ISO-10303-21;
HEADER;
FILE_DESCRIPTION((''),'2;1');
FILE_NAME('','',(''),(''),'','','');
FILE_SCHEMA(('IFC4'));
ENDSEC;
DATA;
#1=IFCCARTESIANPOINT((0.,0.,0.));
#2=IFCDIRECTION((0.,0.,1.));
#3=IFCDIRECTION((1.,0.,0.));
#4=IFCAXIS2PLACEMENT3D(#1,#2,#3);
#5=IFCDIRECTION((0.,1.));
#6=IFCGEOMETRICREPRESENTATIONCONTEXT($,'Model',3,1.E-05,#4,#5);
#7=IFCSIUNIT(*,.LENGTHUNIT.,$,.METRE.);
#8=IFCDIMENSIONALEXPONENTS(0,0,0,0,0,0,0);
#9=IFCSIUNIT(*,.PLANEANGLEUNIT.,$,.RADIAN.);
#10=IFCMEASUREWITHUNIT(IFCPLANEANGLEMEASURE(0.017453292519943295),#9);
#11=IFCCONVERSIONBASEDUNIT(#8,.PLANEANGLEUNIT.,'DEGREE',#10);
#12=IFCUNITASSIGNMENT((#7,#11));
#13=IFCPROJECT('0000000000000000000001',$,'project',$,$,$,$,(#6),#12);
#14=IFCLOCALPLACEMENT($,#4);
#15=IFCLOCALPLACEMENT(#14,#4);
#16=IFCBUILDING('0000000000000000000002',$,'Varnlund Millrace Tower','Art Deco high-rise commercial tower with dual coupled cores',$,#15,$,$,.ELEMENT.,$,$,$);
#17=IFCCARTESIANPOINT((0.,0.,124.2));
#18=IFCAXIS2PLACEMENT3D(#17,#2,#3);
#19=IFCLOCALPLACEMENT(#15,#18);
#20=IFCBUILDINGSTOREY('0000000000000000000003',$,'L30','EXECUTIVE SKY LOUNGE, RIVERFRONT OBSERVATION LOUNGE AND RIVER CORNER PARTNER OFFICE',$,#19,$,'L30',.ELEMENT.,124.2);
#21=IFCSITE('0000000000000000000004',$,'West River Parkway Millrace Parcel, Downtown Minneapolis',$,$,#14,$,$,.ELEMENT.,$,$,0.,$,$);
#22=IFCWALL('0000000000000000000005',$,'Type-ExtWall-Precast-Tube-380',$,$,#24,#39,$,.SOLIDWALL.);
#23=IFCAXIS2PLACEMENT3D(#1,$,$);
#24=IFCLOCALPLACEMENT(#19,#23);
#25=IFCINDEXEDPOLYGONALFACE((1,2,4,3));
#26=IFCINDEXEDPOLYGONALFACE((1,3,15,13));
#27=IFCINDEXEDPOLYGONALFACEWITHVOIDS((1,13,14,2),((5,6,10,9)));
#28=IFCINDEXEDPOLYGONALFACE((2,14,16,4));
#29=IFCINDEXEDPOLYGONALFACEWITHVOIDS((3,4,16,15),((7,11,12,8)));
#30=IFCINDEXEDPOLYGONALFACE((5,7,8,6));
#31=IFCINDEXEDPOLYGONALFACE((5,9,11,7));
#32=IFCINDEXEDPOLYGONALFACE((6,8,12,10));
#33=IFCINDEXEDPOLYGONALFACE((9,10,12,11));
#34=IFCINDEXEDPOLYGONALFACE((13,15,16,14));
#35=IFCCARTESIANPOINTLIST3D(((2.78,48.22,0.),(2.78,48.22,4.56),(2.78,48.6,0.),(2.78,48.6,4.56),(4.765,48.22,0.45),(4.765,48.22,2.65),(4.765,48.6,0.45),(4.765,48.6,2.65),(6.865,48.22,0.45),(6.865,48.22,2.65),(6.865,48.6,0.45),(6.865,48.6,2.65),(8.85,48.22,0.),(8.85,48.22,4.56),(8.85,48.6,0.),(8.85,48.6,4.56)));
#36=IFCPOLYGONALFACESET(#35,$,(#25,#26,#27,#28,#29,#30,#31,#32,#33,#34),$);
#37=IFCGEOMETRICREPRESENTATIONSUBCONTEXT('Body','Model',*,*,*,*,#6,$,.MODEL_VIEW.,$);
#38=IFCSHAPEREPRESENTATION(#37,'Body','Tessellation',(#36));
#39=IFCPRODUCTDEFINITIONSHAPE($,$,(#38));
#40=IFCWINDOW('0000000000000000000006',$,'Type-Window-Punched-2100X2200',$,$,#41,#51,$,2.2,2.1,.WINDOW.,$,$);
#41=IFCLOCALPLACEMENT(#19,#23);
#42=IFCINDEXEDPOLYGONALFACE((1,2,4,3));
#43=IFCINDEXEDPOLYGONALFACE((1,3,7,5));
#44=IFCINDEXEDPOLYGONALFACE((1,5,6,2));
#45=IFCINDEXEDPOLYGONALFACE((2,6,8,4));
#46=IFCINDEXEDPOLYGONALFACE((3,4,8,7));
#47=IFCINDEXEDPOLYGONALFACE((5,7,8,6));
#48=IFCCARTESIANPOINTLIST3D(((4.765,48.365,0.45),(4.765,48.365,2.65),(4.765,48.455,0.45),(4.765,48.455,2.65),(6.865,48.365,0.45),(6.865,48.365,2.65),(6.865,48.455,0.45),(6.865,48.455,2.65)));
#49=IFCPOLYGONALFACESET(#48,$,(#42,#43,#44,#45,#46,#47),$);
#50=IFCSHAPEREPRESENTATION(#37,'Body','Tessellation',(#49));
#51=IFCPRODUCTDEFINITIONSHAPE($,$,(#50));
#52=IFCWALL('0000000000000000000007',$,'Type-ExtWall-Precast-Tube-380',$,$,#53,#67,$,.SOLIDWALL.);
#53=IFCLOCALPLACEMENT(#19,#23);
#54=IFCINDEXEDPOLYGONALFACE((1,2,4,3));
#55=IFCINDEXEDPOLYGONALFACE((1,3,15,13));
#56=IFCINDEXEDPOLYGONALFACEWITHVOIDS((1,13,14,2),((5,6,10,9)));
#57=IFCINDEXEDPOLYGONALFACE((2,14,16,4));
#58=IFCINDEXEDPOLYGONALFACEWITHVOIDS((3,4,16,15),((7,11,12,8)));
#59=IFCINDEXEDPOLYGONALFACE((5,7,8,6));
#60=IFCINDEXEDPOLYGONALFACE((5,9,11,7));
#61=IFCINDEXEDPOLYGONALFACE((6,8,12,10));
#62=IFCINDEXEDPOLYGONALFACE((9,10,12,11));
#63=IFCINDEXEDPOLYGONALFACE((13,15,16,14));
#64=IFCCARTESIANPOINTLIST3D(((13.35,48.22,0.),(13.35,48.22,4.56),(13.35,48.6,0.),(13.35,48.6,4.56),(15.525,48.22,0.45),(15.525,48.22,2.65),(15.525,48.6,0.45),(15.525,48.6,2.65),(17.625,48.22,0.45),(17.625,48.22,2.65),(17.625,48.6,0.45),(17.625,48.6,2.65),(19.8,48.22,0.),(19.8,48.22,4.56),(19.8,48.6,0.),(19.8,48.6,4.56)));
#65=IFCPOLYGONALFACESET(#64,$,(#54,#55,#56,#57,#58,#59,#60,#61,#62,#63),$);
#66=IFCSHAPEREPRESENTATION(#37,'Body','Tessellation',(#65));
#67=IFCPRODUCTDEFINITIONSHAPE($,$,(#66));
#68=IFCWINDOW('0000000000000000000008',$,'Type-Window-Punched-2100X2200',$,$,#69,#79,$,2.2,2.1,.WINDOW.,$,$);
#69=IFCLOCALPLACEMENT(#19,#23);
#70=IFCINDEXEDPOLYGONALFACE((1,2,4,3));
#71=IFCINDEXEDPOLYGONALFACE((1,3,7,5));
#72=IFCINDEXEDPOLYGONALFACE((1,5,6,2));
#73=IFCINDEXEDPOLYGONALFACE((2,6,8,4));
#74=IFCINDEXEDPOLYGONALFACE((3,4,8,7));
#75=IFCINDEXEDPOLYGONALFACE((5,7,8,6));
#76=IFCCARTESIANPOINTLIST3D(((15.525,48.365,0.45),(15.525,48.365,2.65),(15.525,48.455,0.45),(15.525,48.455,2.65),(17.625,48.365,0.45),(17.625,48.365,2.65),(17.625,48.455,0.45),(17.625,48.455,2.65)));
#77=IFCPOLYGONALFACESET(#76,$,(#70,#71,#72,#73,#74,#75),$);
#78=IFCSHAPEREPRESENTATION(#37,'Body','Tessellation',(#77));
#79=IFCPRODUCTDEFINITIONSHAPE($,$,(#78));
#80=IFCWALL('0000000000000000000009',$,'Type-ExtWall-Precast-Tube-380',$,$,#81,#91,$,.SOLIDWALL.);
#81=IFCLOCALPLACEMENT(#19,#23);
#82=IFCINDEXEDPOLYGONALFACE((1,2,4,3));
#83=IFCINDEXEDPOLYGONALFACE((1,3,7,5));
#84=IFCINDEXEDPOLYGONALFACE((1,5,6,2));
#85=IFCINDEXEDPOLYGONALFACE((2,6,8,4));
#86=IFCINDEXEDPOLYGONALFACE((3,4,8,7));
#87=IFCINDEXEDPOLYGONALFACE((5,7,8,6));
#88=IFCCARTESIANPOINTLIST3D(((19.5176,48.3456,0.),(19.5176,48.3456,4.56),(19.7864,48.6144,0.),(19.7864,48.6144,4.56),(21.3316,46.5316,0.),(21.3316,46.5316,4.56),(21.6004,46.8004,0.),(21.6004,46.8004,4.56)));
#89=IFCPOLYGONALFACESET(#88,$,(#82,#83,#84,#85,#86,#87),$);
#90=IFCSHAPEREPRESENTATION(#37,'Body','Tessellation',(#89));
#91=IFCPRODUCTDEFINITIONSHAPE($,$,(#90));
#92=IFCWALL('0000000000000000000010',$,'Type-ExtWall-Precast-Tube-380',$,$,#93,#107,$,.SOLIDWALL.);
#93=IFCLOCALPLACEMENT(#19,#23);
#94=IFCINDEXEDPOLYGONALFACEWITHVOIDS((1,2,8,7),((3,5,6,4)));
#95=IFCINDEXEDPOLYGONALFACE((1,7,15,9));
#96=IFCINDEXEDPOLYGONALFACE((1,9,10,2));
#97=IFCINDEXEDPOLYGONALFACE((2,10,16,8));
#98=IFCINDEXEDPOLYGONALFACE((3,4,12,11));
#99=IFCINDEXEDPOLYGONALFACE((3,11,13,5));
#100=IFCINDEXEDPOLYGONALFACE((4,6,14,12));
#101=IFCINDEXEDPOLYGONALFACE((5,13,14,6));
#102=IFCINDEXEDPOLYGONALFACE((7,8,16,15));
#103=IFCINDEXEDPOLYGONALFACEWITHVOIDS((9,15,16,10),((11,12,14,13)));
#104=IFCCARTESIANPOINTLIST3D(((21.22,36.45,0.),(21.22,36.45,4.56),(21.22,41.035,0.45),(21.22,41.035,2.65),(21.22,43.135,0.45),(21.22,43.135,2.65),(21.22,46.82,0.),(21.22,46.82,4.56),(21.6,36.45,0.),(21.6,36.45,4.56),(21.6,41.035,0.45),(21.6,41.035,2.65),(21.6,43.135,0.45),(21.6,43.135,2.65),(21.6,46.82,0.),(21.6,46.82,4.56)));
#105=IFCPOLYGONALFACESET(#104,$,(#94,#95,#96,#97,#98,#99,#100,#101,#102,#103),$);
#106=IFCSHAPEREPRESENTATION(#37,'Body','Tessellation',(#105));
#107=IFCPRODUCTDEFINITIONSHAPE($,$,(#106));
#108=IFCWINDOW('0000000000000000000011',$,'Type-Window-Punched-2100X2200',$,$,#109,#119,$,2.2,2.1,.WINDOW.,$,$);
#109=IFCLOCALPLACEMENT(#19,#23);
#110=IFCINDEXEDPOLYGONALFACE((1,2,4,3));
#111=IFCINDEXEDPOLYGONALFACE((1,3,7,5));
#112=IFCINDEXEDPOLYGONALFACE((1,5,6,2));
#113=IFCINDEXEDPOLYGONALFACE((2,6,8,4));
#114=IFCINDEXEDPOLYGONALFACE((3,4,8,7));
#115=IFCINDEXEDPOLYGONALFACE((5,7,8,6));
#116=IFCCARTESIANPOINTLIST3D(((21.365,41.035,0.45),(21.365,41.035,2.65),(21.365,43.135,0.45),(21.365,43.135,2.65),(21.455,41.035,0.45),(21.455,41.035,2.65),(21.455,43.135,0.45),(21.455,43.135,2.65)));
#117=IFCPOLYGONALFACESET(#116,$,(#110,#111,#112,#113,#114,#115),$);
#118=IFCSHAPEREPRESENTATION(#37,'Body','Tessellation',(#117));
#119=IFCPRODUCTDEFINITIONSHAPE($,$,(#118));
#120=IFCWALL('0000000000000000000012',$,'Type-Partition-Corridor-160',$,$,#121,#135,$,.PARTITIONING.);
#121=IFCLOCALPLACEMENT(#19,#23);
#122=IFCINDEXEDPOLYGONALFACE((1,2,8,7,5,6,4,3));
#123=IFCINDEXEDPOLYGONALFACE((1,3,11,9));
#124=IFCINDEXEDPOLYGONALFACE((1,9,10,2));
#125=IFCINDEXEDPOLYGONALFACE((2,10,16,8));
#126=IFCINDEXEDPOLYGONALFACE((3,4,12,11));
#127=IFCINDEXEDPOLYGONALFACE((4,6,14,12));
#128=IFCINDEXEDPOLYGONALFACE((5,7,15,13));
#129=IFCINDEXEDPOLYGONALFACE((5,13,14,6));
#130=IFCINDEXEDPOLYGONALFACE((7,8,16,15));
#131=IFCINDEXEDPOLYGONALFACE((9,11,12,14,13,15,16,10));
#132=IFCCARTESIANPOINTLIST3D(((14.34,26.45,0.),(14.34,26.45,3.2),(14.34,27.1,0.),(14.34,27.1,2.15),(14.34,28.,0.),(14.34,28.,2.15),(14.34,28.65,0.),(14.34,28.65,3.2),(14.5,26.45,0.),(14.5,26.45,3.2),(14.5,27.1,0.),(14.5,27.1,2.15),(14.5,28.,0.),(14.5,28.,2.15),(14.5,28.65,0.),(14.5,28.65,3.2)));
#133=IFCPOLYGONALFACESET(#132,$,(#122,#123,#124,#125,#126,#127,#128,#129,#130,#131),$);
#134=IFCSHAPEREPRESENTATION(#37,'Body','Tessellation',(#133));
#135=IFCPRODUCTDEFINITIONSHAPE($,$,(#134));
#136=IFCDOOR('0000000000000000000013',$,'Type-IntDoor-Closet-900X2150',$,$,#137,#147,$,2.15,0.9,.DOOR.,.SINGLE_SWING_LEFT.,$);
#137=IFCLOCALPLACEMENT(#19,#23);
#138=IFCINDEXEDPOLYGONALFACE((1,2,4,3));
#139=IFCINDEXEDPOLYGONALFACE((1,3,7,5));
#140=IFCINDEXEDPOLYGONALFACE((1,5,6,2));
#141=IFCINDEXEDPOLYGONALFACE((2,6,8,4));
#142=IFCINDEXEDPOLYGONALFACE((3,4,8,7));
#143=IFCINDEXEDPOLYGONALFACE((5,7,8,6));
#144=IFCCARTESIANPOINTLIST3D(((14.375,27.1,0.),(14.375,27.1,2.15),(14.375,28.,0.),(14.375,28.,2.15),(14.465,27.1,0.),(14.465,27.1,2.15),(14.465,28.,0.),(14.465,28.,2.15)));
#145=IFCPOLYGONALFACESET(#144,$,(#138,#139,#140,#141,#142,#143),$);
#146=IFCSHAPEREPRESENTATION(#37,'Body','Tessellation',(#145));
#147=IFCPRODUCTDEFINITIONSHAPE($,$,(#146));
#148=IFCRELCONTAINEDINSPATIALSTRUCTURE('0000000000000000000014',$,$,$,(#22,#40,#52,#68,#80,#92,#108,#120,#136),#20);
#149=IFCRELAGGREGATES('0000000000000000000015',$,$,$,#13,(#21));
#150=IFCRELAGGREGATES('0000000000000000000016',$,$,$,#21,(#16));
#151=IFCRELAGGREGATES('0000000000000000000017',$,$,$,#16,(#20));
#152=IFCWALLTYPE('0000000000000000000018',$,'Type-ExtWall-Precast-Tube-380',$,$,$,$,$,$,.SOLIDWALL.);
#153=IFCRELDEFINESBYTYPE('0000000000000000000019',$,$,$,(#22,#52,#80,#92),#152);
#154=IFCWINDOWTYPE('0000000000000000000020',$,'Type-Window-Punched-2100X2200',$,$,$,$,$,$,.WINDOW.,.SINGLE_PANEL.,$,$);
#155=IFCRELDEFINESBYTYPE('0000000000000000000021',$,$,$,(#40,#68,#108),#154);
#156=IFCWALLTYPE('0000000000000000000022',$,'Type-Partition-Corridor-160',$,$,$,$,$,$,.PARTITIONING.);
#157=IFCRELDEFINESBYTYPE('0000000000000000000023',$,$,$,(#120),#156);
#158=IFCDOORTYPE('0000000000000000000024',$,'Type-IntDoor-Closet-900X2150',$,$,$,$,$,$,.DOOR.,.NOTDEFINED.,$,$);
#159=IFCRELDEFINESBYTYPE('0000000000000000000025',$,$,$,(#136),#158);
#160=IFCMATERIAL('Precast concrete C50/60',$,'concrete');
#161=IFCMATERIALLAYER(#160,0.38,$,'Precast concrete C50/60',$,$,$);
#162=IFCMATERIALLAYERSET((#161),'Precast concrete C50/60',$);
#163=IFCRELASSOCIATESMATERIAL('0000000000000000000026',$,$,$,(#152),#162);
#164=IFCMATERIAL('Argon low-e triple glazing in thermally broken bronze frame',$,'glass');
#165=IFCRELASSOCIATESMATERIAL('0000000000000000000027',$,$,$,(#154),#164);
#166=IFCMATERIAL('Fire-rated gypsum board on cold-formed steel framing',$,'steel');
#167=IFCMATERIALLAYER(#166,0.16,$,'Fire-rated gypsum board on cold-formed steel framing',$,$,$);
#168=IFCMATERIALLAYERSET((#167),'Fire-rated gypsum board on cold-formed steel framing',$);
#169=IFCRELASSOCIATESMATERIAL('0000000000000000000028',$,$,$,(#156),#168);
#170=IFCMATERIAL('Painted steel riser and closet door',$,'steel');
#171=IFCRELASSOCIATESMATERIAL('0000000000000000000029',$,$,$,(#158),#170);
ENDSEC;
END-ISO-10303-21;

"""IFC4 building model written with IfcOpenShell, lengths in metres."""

from ifc_helpers import new_model, entity, si_unit, converted_unit, direction, frame, origin_with_axes, origin_2d_with_axis, place, context, subcontext, project, spatial, polyline, rectangle, outline, extrude, material, layer, layer_set, type_object, element, fill, save


model = new_model("IFC4")

# Units and contexts
model_context = context("Model", 3, precision=1e-05, world=origin_with_axes(), true_north=direction((0.0, 1.0)))
body_context = subcontext(model_context, "Body", "Model", "MODEL_VIEW")
ifc_project = project(units=[si_unit("LENGTHUNIT", "METRE"), converted_unit("PLANEANGLEUNIT", "DEGREE", entity("IfcPlaneAngleMeasure", 0.017453292519943295), si_unit("PLANEANGLEUNIT", "RADIAN"), dimensions=[0, 0, 0, 0, 0, 0, 0])], contexts=[model_context])

# Site, building, storey
site_placement = place(None, origin_with_axes())
site = spatial("IfcSite", under=ifc_project, at=site_placement, Name="West River Parkway Millrace Parcel, Downtown Minneapolis", CompositionType="ELEMENT", RefElevation=0.0)
building_placement = place(site_placement, origin_with_axes())
building = spatial("IfcBuilding", under=site, at=building_placement, Name="Varnlund Millrace Tower", Description="Art Deco high-rise commercial tower with dual coupled cores", CompositionType="ELEMENT")
storey_placement = place(building_placement, frame((0.0, 0.0, 124.2), z_axis=(0.0, 0.0, 1.0), x_axis=(1.0, 0.0, 0.0)))
storey = spatial("IfcBuildingStorey", under=building, at=storey_placement, Name="L30", Description="EXECUTIVE SKY LOUNGE, RIVERFRONT OBSERVATION LOUNGE AND RIVER CORNER PARTNER OFFICE", LongName="L30", CompositionType="ELEMENT", Elevation=124.2)

# Shared definitions
ifc_material_1 = material(Name="Precast concrete C50/60", Category="concrete")
ifc_layer_1 = layer(ifc_material_1, 0.38, Name="Precast concrete C50/60")
ifc_layer_set_1 = layer_set([ifc_layer_1], Name="Precast concrete C50/60")
wall_type_1 = type_object("IfcWallType", Name="Type-ExtWall-Precast-Tube-380", PredefinedType="SOLIDWALL", material=ifc_layer_set_1)

# Walls, openings, windows
wall_1_placement = place(storey_placement, frame((2.78, 48.41, 0.0), z_axis=(0.0, 0.0, 1.0), x_axis=(1.0, 0.0, 0.0)))
wall_1 = element("IfcWall", 1, at=wall_1_placement, inside=storey, type_object=wall_type_1, Name="Type-ExtWall-Precast-Tube-380", PredefinedType="SOLIDWALL", context=body_context, shape_type="SweptSolid", body=[
    extrude(outline(polyline([(0.0, -0.19), (6.07, -0.19), (6.07, 0.19), (0.0, 0.19), (0.0, -0.19)])), origin_with_axes(), (0.0, 0.0, 1.0), 4.56),
])
opening_1_placement = place(wall_1_placement, frame((3.035, 0.0, 0.45), z_axis=(0.0, 0.0, 1.0), x_axis=(1.0, 0.0, 0.0)))
opening_1 = element("IfcOpeningElement", 2, at=opening_1_placement, cuts=wall_1, PredefinedType="OPENING", context=body_context, shape_type="SweptSolid", body=[
    extrude(rectangle(XDim=2.1, YDim=0.4, at=origin_2d_with_axis()), origin_with_axes(), (0.0, 0.0, 1.0), 2.2),
])
ifc_material_2 = material(Name="Argon low-e triple glazing in thermally broken bronze frame", Category="glass")
window_type = type_object("IfcWindowType", Name="Type-Window-Punched-2100X2200", PartitioningType="SINGLE_PANEL", PredefinedType="WINDOW", material=ifc_material_2)
window_1_placement = place(wall_1_placement, frame((3.035, 0.0, 0.45), z_axis=(0.0, 0.0, 1.0), x_axis=(1.0, 0.0, 0.0)))
window_1 = element("IfcWindow", 3, at=window_1_placement, inside=storey, type_object=window_type, Name="Type-Window-Punched-2100X2200", OverallHeight=2.2, OverallWidth=2.1, PredefinedType="WINDOW", context=body_context, shape_type="SweptSolid", body=[
    extrude(rectangle(XDim=2.1, YDim=0.09, at=origin_2d_with_axis()), origin_with_axes(), (0.0, 0.0, 1.0), 2.2),
])
fill(opening_1, window_1)
wall_2_placement = place(storey_placement, frame((13.35, 48.41, 0.0), z_axis=(0.0, 0.0, 1.0), x_axis=(1.0, 0.0, 0.0)))
wall_2 = element("IfcWall", 4, at=wall_2_placement, inside=storey, type_object=wall_type_1, Name="Type-ExtWall-Precast-Tube-380", PredefinedType="SOLIDWALL", context=body_context, shape_type="SweptSolid", body=[
    extrude(outline(polyline([(0.0, -0.19), (6.45, -0.19), (6.45, 0.19), (0.0, 0.19), (0.0, -0.19)])), origin_with_axes(), (0.0, 0.0, 1.0), 4.56),
])
opening_2_placement = place(wall_2_placement, frame((3.225, 0.0, 0.45), z_axis=(0.0, 0.0, 1.0), x_axis=(1.0, 0.0, 0.0)))
opening_2 = element("IfcOpeningElement", 5, at=opening_2_placement, cuts=wall_2, PredefinedType="OPENING", context=body_context, shape_type="SweptSolid", body=[
    extrude(rectangle(XDim=2.1, YDim=0.4, at=origin_2d_with_axis()), origin_with_axes(), (0.0, 0.0, 1.0), 2.2),
])
window_2_placement = place(wall_2_placement, frame((3.225, 0.0, 0.45), z_axis=(0.0, 0.0, 1.0), x_axis=(1.0, 0.0, 0.0)))
window_2 = element("IfcWindow", 6, at=window_2_placement, inside=storey, type_object=window_type, Name="Type-Window-Punched-2100X2200", OverallHeight=2.2, OverallWidth=2.1, PredefinedType="WINDOW", context=body_context, shape_type="SweptSolid", body=[
    extrude(rectangle(XDim=2.1, YDim=0.09, at=origin_2d_with_axis()), origin_with_axes(), (0.0, 0.0, 1.0), 2.2),
])
fill(opening_2, window_2)

# Wall
wall_3_placement = place(storey_placement, frame((19.652, 48.48, 0.0), z_axis=(0.0, 0.0, 1.0), x_axis=(0.707107, -0.707107, 0.0)))
element("IfcWall", 7, at=wall_3_placement, inside=storey, type_object=wall_type_1, Name="Type-ExtWall-Precast-Tube-380", PredefinedType="SOLIDWALL", context=body_context, shape_type="SweptSolid", body=[
    extrude(outline(polyline([(0.0, -0.19), (2.5654, -0.19), (2.5654, 0.19), (0.0, 0.19), (0.0, -0.19)])), origin_with_axes(), (0.0, 0.0, 1.0), 4.56),
])

# Wall, opening, window
wall_4_placement = place(storey_placement, frame((21.41, 46.82, 0.0), z_axis=(0.0, 0.0, 1.0), x_axis=(0.0, -1.0, 0.0)))
wall_4 = element("IfcWall", 8, at=wall_4_placement, inside=storey, type_object=wall_type_1, Name="Type-ExtWall-Precast-Tube-380", PredefinedType="SOLIDWALL", context=body_context, shape_type="SweptSolid", body=[
    extrude(outline(polyline([(0.0, -0.19), (10.37, -0.19), (10.37, 0.19), (0.0, 0.19), (0.0, -0.19)])), origin_with_axes(), (0.0, 0.0, 1.0), 4.56),
])
opening_3_placement = place(wall_4_placement, frame((4.735, 0.0, 0.45), z_axis=(0.0, 0.0, 1.0), x_axis=(1.0, 0.0, 0.0)))
opening_3 = element("IfcOpeningElement", 9, at=opening_3_placement, cuts=wall_4, PredefinedType="OPENING", context=body_context, shape_type="SweptSolid", body=[
    extrude(rectangle(XDim=2.1, YDim=0.4, at=origin_2d_with_axis()), origin_with_axes(), (0.0, 0.0, 1.0), 2.2),
])
window_3_placement = place(wall_4_placement, frame((4.735, 0.0, 0.45), z_axis=(0.0, 0.0, 1.0), x_axis=(1.0, 0.0, 0.0)))
window_3 = element("IfcWindow", 10, at=window_3_placement, inside=storey, type_object=window_type, Name="Type-Window-Punched-2100X2200", OverallHeight=2.2, OverallWidth=2.1, PredefinedType="WINDOW", context=body_context, shape_type="SweptSolid", body=[
    extrude(rectangle(XDim=2.1, YDim=0.09, at=origin_2d_with_axis()), origin_with_axes(), (0.0, 0.0, 1.0), 2.2),
])
fill(opening_3, window_3)

# Wall, opening, door
ifc_material_3 = material(Name="Fire-rated gypsum board on cold-formed steel framing", Category="steel")
ifc_layer_2 = layer(ifc_material_3, 0.16, Name="Fire-rated gypsum board on cold-formed steel framing")
ifc_layer_set_2 = layer_set([ifc_layer_2], Name="Fire-rated gypsum board on cold-formed steel framing")
wall_type_2 = type_object("IfcWallType", Name="Type-Partition-Corridor-160", PredefinedType="PARTITIONING", material=ifc_layer_set_2)
wall_5_placement = place(storey_placement, frame((14.42, 26.45, 0.0), z_axis=(0.0, 0.0, 1.0), x_axis=(0.0, 1.0, 0.0)))
wall_5 = element("IfcWall", 11, at=wall_5_placement, inside=storey, type_object=wall_type_2, Name="Type-Partition-Corridor-160", PredefinedType="PARTITIONING", context=body_context, shape_type="SweptSolid", body=[
    extrude(outline(polyline([(0.0, -0.08), (2.2, -0.08), (2.2, 0.08), (0.0, 0.08), (0.0, -0.08)])), origin_with_axes(), (0.0, 0.0, 1.0), 3.2),
])
opening_4_placement = place(wall_5_placement, frame((1.1, 0.0, 0.0), z_axis=(0.0, 0.0, 1.0), x_axis=(1.0, 0.0, 0.0)))
opening_4 = element("IfcOpeningElement", 12, at=opening_4_placement, cuts=wall_5, PredefinedType="OPENING", context=body_context, shape_type="SweptSolid", body=[
    extrude(rectangle(XDim=0.9, YDim=0.18, at=origin_2d_with_axis()), origin_with_axes(), (0.0, 0.0, 1.0), 2.15),
])
ifc_material_4 = material(Name="Painted steel riser and closet door", Category="steel")
door_type_1 = type_object("IfcDoorType", Name="Type-IntDoor-Closet-900X2150", OperationType="NOTDEFINED", PredefinedType="DOOR", material=ifc_material_4)
door_1_placement = place(wall_5_placement, frame((1.1, 0.0, 0.0), z_axis=(0.0, 0.0, 1.0), x_axis=(1.0, 0.0, 0.0)))
door_1 = element("IfcDoor", 13, at=door_1_placement, inside=storey, type_object=door_type_1, Name="Type-IntDoor-Closet-900X2150", OperationType="SINGLE_SWING_LEFT", OverallHeight=2.15, OverallWidth=0.9, PredefinedType="DOOR", context=body_context, shape_type="SweptSolid", body=[
    extrude(rectangle(XDim=0.9, YDim=0.09, at=origin_2d_with_axis()), origin_with_axes(), (0.0, 0.0, 1.0), 2.15),
])
fill(opening_4, door_1)

save(model, "model.ifc")
